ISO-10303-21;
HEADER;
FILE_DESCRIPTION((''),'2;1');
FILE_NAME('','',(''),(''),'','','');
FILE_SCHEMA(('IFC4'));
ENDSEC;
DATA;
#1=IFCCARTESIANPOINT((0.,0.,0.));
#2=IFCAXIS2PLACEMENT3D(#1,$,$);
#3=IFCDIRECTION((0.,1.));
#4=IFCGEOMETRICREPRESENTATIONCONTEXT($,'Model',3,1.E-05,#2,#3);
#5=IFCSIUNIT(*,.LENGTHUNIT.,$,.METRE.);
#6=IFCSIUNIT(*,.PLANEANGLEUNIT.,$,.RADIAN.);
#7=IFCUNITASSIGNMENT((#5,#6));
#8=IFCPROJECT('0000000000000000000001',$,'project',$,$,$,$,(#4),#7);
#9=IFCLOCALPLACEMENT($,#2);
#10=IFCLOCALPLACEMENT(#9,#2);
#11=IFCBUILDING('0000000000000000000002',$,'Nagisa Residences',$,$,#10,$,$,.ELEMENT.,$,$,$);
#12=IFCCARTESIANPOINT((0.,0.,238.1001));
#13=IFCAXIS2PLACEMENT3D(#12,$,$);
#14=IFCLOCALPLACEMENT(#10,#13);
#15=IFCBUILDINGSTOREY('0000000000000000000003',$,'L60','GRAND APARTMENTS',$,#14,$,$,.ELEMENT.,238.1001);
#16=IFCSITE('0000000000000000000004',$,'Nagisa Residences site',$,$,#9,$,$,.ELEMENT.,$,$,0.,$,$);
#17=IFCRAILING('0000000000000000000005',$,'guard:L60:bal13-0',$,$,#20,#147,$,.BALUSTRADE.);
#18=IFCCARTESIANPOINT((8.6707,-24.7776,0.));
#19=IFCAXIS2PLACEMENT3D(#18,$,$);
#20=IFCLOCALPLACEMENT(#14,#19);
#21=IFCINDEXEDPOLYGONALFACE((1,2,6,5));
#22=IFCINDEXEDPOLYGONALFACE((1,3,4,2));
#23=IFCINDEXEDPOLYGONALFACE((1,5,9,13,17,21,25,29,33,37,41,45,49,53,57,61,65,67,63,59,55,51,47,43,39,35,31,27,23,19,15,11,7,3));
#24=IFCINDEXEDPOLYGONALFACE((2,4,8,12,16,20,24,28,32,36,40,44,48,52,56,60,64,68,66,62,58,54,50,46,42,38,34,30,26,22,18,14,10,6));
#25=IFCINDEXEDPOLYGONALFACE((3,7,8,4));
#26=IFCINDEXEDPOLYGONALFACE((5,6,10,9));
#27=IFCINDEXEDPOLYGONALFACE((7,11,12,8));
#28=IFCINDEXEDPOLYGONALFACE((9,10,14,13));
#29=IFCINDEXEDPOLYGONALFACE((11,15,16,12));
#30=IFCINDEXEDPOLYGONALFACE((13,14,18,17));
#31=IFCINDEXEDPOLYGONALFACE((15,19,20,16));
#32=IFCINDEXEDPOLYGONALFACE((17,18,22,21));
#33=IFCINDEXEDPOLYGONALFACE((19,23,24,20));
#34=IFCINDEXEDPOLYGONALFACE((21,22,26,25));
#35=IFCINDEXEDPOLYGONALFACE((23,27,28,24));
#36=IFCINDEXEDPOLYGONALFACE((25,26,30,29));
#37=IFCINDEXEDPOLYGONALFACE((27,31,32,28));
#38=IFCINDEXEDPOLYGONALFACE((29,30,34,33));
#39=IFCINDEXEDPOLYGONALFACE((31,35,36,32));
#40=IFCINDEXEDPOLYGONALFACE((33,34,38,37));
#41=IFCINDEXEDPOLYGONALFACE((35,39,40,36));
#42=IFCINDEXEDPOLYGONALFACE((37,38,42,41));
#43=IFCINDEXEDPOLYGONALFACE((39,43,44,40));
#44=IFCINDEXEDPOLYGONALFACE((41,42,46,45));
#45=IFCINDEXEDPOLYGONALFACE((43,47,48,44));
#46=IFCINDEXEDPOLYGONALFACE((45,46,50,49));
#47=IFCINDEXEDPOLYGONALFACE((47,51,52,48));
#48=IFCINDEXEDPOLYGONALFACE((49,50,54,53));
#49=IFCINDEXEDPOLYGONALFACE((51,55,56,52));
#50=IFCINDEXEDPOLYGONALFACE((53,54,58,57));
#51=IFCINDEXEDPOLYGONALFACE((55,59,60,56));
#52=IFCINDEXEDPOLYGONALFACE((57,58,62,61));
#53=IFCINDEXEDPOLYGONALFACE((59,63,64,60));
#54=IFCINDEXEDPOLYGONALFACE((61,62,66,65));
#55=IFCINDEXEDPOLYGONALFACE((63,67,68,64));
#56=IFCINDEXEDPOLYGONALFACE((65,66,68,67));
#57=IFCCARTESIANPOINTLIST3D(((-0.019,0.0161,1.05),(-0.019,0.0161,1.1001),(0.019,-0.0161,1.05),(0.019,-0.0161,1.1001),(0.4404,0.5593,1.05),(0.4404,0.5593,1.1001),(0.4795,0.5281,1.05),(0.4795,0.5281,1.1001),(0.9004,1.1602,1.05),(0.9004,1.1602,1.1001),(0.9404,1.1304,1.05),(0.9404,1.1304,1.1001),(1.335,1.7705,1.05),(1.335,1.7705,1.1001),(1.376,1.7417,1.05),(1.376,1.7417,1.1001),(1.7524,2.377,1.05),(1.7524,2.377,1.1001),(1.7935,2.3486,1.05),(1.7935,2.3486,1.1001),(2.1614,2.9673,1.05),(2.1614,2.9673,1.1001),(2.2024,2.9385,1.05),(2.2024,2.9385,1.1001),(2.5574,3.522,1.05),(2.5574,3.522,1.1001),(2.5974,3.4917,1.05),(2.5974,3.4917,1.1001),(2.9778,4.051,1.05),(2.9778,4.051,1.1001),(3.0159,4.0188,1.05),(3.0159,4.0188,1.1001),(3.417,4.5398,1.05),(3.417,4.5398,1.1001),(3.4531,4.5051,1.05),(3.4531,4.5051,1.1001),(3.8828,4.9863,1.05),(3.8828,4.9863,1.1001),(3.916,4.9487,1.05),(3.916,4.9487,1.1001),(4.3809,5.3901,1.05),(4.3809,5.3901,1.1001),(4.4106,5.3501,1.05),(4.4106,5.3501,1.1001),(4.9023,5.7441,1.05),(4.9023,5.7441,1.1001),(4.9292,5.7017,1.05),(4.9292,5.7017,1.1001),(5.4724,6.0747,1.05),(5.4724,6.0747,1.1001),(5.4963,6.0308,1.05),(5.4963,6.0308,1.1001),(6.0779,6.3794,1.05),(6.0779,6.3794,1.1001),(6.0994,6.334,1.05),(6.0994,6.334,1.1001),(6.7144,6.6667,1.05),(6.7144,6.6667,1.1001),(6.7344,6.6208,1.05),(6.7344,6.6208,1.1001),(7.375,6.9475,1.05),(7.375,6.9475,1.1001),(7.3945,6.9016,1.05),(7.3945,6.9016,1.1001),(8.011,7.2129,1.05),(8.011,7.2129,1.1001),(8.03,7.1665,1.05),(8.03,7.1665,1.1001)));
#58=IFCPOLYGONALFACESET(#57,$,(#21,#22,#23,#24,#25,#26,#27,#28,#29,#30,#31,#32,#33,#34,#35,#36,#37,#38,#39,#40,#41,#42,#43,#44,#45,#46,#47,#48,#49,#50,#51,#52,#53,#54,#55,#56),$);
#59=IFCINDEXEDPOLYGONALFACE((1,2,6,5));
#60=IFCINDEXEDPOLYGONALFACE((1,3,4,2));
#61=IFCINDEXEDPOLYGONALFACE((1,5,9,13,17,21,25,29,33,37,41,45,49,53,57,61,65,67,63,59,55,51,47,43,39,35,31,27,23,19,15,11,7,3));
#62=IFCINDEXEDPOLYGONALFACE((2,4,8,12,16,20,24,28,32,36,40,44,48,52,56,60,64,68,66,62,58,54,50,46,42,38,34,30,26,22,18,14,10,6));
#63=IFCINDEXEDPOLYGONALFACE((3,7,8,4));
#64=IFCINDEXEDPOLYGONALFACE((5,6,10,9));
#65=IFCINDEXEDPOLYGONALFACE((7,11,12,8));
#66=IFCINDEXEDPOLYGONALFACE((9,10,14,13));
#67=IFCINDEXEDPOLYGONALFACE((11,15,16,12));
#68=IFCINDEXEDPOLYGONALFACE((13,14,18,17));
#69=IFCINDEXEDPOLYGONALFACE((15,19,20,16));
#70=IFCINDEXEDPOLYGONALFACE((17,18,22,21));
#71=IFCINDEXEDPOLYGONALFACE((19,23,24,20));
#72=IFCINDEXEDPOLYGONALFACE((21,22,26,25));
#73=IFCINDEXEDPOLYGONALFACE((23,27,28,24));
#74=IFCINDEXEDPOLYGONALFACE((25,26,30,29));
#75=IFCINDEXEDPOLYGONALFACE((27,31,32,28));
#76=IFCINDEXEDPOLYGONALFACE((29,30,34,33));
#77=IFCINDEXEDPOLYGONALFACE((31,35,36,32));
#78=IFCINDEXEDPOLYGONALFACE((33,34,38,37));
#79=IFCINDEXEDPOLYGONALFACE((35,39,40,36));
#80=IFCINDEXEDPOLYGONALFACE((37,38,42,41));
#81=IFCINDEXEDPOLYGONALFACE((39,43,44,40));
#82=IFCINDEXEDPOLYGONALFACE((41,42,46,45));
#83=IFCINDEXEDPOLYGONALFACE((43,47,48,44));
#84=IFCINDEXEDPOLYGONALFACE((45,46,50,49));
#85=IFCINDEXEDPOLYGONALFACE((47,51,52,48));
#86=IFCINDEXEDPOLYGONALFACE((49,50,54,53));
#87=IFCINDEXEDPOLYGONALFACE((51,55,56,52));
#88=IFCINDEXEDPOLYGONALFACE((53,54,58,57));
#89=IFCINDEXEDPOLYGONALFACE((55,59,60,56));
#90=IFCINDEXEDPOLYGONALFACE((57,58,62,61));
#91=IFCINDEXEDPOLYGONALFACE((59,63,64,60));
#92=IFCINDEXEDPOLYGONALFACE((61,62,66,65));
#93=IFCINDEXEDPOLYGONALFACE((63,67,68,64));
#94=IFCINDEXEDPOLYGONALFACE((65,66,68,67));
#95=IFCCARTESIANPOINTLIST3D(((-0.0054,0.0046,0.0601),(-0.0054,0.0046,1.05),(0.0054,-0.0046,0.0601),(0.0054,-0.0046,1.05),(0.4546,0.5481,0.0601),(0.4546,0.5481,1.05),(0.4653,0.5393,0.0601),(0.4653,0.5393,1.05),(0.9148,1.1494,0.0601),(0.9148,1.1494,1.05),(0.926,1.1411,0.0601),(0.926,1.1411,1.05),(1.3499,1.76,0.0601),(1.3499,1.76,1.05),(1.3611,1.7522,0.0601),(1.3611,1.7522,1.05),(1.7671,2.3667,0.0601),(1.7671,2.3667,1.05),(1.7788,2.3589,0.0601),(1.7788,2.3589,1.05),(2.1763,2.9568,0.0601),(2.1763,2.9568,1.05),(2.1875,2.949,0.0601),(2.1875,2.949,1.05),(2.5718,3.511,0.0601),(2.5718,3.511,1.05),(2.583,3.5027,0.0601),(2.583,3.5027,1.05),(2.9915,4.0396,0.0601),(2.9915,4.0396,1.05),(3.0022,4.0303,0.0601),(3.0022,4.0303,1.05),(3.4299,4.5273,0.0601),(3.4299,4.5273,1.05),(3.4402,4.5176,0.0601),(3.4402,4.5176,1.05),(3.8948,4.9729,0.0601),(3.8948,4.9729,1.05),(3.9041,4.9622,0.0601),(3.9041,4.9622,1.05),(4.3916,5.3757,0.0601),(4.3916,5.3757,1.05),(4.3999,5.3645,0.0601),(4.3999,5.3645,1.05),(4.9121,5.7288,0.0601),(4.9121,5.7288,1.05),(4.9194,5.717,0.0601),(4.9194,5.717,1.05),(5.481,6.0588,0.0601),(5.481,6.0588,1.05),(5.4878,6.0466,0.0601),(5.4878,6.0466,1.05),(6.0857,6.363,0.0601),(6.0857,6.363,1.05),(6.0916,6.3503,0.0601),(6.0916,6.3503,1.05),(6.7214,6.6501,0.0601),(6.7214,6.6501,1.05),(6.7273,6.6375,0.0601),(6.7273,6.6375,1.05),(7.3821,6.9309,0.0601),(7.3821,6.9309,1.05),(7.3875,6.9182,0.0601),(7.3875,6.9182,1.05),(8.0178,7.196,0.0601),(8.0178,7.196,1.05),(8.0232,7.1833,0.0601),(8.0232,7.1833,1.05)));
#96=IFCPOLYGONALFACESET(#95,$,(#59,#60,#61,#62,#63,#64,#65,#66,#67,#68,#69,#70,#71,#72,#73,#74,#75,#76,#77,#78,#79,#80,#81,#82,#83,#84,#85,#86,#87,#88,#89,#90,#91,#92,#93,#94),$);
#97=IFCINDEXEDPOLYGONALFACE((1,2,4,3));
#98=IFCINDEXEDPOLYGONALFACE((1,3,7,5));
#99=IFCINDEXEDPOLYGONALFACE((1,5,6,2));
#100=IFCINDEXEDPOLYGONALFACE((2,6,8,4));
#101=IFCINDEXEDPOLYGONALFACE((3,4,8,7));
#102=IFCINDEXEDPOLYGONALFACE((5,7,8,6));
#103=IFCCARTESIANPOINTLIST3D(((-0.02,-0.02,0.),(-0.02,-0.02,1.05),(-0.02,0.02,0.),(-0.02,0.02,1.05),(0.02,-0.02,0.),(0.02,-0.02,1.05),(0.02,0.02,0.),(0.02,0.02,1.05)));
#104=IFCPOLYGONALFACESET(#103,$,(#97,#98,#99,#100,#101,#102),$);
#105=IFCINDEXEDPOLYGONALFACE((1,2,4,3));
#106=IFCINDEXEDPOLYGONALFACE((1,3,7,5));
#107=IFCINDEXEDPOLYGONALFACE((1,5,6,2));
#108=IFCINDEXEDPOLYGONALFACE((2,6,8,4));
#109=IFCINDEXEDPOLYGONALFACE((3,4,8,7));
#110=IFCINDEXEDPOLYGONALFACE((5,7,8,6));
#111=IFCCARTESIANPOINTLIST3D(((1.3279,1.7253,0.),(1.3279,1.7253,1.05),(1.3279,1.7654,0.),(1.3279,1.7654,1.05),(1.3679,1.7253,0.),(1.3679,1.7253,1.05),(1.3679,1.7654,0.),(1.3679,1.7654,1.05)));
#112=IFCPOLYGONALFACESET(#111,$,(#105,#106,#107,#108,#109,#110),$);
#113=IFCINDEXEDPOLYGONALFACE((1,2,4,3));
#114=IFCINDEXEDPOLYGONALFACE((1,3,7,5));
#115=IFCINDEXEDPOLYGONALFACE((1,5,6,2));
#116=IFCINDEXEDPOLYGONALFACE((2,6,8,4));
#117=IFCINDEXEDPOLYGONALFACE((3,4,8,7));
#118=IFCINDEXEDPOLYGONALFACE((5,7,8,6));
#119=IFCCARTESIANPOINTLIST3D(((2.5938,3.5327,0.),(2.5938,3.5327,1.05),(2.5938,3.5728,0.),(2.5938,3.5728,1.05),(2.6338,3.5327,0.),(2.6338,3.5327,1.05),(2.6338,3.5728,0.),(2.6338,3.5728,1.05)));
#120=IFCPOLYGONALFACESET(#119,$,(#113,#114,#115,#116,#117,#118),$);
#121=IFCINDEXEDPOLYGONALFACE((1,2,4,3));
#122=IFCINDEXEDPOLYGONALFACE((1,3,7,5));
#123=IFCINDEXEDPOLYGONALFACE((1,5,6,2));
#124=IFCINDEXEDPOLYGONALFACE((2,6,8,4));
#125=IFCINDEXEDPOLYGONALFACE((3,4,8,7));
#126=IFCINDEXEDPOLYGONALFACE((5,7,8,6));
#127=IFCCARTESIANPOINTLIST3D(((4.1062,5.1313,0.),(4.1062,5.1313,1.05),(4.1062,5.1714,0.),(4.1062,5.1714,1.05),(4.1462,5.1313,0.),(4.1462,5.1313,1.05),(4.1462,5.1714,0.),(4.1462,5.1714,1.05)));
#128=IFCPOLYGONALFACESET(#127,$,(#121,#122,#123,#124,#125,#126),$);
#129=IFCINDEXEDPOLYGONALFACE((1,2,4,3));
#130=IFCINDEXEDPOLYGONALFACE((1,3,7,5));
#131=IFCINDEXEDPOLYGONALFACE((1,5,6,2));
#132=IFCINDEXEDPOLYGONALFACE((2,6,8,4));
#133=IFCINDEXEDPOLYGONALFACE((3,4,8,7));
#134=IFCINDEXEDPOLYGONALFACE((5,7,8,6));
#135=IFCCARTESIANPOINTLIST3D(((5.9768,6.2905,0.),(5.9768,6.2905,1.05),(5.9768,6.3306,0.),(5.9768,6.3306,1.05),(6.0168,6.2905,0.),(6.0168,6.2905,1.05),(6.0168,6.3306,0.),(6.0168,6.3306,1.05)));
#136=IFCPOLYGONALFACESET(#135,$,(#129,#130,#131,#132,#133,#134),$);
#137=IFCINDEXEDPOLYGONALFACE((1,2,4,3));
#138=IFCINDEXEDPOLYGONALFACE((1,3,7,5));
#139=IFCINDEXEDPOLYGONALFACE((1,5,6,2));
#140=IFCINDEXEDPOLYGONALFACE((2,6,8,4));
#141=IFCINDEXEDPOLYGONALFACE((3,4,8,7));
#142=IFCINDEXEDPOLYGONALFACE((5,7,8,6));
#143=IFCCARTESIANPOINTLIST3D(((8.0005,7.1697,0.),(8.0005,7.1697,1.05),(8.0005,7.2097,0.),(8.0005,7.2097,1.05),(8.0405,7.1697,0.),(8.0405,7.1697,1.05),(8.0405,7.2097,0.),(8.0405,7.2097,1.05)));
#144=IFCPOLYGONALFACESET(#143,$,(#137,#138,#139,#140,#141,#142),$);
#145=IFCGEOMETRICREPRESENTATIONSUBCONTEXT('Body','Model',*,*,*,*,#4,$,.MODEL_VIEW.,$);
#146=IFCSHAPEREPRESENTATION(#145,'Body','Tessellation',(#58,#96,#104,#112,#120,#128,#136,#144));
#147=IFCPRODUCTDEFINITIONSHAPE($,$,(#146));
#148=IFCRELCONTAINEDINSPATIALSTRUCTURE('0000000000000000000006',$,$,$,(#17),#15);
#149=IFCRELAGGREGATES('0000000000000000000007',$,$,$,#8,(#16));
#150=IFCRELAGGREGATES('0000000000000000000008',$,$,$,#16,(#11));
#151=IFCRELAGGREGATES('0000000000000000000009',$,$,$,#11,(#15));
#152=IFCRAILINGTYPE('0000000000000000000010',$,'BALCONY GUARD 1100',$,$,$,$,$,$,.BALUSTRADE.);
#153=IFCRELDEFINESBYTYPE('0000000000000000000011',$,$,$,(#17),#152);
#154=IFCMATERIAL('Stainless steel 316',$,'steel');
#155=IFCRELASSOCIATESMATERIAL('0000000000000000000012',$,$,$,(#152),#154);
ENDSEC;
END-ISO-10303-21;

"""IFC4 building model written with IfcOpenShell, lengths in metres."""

from ifc_helpers import new_model, si_unit, direction, frame, origin, origin_2d, place, context, subcontext, project, spatial, polyline, rectangle, outline, extrude, material, type_object, element, save


model = new_model("IFC4")

# Units and contexts
model_context = context("Model", 3, precision=1e-05, world=origin(), true_north=direction((0.0, 1.0)))
body_context = subcontext(model_context, "Body", "Model", "MODEL_VIEW")
ifc_project = project(units=[si_unit("LENGTHUNIT", "METRE"), si_unit("PLANEANGLEUNIT", "RADIAN")], contexts=[model_context])

# Site, building, storey
site_placement = place(None, origin())
site = spatial("IfcSite", under=ifc_project, at=site_placement, Name="Nagisa Residences site", CompositionType="ELEMENT", RefElevation=0.0)
building_placement = place(site_placement, origin())
building = spatial("IfcBuilding", under=site, at=building_placement, Name="Nagisa Residences", CompositionType="ELEMENT")
storey_placement = place(building_placement, frame((0.0, 0.0, 238.1001)))
storey = spatial("IfcBuildingStorey", under=building, at=storey_placement, Name="L60", Description="GRAND APARTMENTS", CompositionType="ELEMENT", Elevation=238.1001)

# Railing
ifc_material_1 = material(Name="Stainless steel 316", Category="steel")
railing_type = type_object("IfcRailingType", Name="BALCONY GUARD 1100", PredefinedType="BALUSTRADE", material=ifc_material_1)
railing_placement = place(storey_placement, frame((8.6707, -24.7776, 0.0)))
element("IfcRailing", 1, at=railing_placement, inside=storey, type_object=railing_type, Name="guard:L60:bal13-0", PredefinedType="BALUSTRADE", context=body_context, shape_type="SweptSolid", body=[
    extrude(outline(polyline([(0.4404, 0.5593), (-0.019, 0.0161), (0.019, -0.0161), (0.4795, 0.5281), (0.9404, 1.1304), (1.376, 1.7417), (1.7935, 2.3486), (2.2024, 2.9385), (2.5974, 3.4917), (3.0159, 4.0188), (3.4531, 4.5051), (3.916, 4.9487), (4.4106, 5.3501), (4.9292, 5.7017), (5.4963, 6.0308), (6.0994, 6.334), (6.7344, 6.6208), (7.3945, 6.9016), (8.03, 7.1665), (8.011, 7.2129), (7.375, 6.9475), (6.7144, 6.6667), (6.0779, 6.3794), (5.4724, 6.0747), (4.9023, 5.7441), (4.3809, 5.3901), (3.8828, 4.9863), (3.417, 4.5398), (2.9778, 4.051), (2.5574, 3.522), (2.1614, 2.9673), (1.7524, 2.377), (1.335, 1.7705), (0.9004, 1.1602), (0.4404, 0.5593)])), frame((0.0, 0.0, 1.05)), (0.0, 0.0, 1.0), 0.05),
    extrude(outline(polyline([(0.4546, 0.5481), (-0.0054, 0.0046), (0.0054, -0.0046), (0.4653, 0.5393), (0.926, 1.1411), (1.3611, 1.7522), (1.7788, 2.3589), (2.1875, 2.949), (2.583, 3.5027), (3.0022, 4.0303), (3.4402, 4.5176), (3.9041, 4.9622), (4.3999, 5.3645), (4.9194, 5.717), (5.4878, 6.0466), (6.0916, 6.3503), (6.7273, 6.6375), (7.3875, 6.9182), (8.0232, 7.1833), (8.0178, 7.196), (7.3821, 6.9309), (6.7214, 6.6501), (6.0857, 6.363), (5.481, 6.0588), (4.9121, 5.7288), (4.3916, 5.3757), (3.8948, 4.9729), (3.4299, 4.5273), (2.9915, 4.0396), (2.5718, 3.511), (2.1763, 2.9568), (1.7671, 2.3667), (1.3499, 1.76), (0.9148, 1.1494), (0.4546, 0.5481)])), frame((0.0, 0.0, 0.0601)), (0.0, 0.0, 1.0), 0.99),
    extrude(rectangle(XDim=0.04, YDim=0.04, at=origin_2d()), origin(), (0.0, 0.0, 1.0), 1.05),
    extrude(rectangle(XDim=0.04, YDim=0.04, at=origin_2d()), frame((1.3479, 1.7454, 0.0)), (0.0, 0.0, 1.0), 1.05),
    extrude(rectangle(XDim=0.04, YDim=0.04, at=origin_2d()), frame((2.6138, 3.5527, 0.0)), (0.0, 0.0, 1.0), 1.05),
    extrude(rectangle(XDim=0.04, YDim=0.04, at=origin_2d()), frame((4.1262, 5.1514, 0.0)), (0.0, 0.0, 1.0), 1.05),
    extrude(rectangle(XDim=0.04, YDim=0.04, at=origin_2d()), frame((5.9968, 6.3105, 0.0)), (0.0, 0.0, 1.0), 1.05),
    extrude(rectangle(XDim=0.04, YDim=0.04, at=origin_2d()), frame((8.0205, 7.1897, 0.0)), (0.0, 0.0, 1.0), 1.05),
])

save(model, "model.ifc")
